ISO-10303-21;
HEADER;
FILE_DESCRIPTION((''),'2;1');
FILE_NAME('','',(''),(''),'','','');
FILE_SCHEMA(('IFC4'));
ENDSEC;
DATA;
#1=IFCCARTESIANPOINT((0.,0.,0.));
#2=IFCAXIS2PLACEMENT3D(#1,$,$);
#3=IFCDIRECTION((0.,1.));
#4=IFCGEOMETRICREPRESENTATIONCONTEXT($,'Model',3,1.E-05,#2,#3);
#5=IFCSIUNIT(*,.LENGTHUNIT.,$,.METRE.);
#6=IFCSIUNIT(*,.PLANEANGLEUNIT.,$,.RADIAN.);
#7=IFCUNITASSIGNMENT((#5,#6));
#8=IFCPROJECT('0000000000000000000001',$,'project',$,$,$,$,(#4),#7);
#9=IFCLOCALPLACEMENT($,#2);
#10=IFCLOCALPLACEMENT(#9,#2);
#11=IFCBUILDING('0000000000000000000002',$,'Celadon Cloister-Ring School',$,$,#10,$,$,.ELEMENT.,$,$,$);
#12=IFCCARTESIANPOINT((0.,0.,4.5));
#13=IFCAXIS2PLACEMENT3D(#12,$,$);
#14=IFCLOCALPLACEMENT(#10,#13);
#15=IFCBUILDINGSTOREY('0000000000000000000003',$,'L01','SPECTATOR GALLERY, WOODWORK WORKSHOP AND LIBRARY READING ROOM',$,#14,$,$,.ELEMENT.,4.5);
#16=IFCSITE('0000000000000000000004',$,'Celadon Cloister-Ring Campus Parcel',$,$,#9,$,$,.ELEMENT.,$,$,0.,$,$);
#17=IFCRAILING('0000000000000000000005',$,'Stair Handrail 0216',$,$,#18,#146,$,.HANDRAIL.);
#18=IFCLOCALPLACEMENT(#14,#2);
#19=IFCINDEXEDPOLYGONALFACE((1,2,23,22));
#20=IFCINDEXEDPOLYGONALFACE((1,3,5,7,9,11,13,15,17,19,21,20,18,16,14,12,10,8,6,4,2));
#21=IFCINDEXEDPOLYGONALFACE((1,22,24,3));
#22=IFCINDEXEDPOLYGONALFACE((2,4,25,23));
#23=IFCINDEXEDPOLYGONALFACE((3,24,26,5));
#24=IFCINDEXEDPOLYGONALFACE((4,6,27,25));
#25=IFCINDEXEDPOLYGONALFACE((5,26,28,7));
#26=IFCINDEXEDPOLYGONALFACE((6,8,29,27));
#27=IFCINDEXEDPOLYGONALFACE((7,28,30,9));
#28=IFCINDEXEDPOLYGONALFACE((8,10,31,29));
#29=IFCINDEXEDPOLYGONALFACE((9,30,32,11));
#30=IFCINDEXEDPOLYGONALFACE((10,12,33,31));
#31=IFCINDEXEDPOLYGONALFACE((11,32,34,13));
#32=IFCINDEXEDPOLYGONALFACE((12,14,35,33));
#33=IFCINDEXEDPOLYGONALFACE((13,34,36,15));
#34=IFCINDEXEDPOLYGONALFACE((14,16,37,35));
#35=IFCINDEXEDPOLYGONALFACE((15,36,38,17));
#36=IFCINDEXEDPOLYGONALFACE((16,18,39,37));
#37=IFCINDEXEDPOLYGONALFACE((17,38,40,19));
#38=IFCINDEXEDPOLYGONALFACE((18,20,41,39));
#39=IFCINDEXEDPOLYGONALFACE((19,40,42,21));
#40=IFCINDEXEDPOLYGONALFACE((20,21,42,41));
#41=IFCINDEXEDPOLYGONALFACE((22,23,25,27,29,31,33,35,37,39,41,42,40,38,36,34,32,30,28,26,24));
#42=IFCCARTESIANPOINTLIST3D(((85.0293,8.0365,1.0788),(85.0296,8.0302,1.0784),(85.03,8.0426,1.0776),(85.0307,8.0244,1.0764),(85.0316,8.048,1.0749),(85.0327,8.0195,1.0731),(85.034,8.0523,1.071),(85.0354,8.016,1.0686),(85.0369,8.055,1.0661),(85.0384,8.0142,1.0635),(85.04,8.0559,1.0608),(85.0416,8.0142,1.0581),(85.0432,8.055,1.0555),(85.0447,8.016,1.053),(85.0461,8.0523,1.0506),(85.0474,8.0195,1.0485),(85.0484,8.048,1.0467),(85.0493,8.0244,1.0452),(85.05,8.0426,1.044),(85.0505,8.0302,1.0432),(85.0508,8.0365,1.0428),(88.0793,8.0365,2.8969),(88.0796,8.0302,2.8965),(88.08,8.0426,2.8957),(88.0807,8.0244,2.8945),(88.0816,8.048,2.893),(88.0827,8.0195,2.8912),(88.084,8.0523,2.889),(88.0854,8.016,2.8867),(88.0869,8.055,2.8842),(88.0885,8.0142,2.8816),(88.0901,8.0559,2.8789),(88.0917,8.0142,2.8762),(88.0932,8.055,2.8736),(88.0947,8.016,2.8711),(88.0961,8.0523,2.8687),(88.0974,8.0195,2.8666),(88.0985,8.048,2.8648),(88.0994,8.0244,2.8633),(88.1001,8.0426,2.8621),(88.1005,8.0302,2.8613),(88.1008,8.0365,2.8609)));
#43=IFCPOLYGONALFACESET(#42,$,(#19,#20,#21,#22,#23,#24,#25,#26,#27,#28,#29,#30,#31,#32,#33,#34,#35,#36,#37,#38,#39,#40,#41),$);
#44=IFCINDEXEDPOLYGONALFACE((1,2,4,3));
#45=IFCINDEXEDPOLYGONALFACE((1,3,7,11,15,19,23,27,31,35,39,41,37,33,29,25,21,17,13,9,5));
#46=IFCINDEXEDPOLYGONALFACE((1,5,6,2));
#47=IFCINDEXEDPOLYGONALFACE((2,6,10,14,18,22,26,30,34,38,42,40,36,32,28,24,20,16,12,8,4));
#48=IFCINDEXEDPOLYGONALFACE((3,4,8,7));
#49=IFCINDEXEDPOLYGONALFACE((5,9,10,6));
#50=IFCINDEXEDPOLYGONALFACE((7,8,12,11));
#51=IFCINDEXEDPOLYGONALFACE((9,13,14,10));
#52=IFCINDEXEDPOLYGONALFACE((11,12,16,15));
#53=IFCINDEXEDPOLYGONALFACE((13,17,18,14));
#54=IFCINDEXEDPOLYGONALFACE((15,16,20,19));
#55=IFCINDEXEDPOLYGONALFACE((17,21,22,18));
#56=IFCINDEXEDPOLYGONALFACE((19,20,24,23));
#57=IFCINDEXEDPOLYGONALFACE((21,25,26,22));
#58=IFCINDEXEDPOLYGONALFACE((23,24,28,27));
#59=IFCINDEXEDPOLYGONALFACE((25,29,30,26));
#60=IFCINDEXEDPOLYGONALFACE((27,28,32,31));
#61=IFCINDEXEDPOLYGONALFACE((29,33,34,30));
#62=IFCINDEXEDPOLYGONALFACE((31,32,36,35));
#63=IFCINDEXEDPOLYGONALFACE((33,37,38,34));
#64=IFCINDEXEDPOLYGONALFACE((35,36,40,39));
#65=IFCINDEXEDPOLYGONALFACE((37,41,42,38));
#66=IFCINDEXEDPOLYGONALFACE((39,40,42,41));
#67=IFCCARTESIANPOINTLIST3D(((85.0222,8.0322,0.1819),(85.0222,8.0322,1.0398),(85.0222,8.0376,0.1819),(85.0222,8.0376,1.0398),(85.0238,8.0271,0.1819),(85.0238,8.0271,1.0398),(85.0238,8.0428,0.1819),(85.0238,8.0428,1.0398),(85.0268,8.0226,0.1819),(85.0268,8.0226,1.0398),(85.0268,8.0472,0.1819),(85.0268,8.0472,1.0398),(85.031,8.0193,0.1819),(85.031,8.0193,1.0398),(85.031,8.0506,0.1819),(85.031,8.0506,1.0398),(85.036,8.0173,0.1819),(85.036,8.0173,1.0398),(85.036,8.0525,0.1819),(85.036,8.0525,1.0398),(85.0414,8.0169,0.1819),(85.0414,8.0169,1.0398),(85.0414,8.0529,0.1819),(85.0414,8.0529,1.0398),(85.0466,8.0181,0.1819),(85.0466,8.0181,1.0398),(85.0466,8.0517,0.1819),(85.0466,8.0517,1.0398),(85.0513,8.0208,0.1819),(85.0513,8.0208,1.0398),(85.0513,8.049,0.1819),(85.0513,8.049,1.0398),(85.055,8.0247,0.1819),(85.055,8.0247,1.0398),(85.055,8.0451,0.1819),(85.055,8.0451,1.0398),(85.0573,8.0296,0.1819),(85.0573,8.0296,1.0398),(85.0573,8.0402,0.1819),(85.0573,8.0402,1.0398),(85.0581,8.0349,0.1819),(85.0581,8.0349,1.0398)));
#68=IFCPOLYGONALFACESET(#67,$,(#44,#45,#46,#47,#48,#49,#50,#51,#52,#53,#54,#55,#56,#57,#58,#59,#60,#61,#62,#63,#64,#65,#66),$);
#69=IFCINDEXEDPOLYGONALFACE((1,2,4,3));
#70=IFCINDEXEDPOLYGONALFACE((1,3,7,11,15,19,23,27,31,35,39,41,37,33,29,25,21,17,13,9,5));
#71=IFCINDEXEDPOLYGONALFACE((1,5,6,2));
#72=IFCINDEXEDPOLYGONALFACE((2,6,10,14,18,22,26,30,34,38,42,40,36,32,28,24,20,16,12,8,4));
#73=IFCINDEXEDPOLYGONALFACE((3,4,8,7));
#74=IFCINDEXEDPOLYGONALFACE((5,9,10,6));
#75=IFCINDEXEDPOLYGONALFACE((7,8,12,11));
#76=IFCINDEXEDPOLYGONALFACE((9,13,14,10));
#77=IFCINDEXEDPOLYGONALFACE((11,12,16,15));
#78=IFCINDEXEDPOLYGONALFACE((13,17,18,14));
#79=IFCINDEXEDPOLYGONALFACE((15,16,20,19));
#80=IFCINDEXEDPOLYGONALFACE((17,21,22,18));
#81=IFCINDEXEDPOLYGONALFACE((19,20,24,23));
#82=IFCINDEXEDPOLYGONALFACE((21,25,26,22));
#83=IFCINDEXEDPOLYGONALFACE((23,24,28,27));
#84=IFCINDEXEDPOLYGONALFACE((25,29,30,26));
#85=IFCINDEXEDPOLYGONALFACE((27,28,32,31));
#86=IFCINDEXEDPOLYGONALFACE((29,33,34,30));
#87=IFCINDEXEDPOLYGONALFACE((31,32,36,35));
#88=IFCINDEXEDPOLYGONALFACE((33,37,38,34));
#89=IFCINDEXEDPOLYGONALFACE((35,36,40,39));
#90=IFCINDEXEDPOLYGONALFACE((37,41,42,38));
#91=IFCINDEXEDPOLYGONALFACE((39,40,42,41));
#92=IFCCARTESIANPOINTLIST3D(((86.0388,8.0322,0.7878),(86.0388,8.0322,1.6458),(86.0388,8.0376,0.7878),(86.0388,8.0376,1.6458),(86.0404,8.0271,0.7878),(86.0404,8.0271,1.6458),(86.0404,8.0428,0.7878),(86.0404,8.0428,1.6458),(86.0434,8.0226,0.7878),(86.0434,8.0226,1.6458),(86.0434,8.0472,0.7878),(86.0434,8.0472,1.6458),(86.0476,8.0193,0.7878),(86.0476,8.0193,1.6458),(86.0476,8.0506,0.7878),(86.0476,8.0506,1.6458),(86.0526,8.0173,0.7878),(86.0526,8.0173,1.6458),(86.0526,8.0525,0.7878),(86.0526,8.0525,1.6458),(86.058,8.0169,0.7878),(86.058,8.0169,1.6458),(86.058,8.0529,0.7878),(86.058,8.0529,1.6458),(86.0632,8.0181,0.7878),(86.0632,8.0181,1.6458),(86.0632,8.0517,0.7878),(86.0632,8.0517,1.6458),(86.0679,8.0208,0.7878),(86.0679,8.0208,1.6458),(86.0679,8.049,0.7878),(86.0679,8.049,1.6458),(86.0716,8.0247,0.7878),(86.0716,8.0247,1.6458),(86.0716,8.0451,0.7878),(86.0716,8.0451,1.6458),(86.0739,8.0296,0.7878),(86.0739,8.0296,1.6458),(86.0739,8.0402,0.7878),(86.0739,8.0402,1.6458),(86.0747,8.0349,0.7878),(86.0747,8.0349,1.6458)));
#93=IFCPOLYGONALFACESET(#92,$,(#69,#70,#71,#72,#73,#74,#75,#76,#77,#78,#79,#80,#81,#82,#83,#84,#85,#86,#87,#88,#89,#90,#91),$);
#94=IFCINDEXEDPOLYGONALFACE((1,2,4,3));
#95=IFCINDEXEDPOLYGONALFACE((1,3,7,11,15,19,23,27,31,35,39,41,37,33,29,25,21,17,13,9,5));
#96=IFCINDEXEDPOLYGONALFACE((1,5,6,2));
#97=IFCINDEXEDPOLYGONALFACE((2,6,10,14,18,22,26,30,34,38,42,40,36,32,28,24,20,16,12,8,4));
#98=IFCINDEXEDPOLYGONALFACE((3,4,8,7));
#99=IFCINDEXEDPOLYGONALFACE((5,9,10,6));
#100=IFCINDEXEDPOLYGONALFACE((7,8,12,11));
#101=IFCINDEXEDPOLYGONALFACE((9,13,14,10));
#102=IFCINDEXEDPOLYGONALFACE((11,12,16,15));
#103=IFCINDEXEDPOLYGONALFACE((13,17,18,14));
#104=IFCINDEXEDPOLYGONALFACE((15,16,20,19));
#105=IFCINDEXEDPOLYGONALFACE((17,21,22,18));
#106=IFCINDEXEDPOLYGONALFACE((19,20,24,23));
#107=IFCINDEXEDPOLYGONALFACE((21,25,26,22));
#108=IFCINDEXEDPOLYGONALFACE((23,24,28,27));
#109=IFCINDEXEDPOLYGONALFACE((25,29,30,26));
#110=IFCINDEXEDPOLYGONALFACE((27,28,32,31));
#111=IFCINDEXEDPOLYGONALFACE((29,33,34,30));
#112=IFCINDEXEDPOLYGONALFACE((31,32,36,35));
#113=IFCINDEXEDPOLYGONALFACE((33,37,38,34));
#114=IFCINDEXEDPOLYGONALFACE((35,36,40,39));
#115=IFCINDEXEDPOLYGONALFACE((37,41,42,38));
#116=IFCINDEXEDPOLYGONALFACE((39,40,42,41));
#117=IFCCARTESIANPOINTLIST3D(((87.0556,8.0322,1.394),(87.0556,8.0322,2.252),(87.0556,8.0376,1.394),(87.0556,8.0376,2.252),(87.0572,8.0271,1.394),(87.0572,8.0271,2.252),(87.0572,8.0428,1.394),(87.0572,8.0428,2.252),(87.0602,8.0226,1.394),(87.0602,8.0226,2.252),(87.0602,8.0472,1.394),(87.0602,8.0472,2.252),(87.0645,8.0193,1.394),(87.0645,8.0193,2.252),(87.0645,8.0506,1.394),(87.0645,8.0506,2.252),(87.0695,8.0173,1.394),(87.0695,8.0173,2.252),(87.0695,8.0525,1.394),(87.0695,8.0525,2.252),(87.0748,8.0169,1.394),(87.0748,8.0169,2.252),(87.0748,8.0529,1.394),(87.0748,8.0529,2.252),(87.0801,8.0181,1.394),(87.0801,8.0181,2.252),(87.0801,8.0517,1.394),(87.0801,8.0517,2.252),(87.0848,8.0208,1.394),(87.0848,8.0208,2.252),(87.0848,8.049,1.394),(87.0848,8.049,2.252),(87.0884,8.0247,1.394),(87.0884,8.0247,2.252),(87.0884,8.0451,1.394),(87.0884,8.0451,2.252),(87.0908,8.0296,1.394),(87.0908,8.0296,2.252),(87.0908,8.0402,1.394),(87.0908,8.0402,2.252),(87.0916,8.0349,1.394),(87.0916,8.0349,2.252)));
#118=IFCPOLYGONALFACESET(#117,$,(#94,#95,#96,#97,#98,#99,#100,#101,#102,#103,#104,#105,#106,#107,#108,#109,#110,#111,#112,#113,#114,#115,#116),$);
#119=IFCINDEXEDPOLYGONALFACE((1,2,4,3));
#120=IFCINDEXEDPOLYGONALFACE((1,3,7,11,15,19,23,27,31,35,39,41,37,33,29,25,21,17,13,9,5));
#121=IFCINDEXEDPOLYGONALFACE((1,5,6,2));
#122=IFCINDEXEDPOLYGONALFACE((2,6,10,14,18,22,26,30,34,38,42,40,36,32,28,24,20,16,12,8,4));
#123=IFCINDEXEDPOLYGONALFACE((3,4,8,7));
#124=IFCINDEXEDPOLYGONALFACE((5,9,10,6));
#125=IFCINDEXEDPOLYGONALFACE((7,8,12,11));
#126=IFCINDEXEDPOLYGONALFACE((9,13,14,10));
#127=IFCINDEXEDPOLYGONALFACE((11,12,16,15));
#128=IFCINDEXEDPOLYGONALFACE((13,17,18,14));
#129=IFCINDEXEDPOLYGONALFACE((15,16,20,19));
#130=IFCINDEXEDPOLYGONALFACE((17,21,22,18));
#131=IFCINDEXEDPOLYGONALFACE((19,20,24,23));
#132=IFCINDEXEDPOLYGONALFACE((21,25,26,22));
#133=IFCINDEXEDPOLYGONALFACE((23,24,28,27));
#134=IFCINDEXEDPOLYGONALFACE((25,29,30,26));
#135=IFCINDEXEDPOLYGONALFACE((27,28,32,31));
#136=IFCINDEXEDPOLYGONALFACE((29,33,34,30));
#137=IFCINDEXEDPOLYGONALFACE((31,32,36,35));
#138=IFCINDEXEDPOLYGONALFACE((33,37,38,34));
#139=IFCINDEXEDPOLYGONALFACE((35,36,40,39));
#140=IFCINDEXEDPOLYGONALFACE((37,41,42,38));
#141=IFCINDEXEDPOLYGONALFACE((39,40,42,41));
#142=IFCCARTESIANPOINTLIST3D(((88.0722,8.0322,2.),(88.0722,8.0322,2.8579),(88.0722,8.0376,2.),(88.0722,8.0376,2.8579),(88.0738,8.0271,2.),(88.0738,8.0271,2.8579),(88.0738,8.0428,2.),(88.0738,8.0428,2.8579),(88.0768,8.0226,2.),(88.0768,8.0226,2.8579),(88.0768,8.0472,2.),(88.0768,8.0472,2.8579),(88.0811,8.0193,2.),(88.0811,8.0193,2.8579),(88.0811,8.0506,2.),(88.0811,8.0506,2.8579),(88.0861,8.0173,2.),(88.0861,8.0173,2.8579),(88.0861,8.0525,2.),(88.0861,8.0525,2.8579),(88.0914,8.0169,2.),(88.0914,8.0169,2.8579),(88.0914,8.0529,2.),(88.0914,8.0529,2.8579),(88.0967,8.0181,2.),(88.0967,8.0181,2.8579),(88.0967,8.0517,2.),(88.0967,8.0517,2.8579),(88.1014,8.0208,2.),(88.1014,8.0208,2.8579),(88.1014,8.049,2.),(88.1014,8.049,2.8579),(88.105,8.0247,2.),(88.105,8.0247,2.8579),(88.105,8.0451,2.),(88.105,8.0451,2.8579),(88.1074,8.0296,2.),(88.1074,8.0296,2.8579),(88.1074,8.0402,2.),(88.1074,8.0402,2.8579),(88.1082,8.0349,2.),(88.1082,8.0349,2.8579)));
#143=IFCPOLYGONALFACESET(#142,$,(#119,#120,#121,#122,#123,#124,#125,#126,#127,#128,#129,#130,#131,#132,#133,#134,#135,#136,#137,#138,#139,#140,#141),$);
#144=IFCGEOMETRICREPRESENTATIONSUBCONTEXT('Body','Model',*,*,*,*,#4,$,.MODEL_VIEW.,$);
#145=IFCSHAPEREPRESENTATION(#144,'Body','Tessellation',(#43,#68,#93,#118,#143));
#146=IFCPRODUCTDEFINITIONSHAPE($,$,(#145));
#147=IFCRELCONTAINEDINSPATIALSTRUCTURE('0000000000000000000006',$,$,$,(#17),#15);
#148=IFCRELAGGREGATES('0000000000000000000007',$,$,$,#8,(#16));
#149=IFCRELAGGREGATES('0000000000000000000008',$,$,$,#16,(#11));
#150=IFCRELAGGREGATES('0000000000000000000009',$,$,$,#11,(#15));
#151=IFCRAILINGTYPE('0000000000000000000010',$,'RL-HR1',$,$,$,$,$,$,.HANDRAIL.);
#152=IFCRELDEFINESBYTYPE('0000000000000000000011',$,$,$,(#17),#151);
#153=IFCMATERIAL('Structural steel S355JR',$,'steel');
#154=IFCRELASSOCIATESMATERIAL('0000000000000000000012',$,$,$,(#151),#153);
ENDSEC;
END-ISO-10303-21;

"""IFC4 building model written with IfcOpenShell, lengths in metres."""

from ifc_helpers import new_model, si_unit, direction, frame, origin, origin_2d, place, context, subcontext, project, spatial, circle, extrude, material, type_object, element, save


model = new_model("IFC4")

# Units and contexts
model_context = context("Model", 3, precision=1e-05, world=origin(), true_north=direction((0.0, 1.0)))
body_context = subcontext(model_context, "Body", "Model", "MODEL_VIEW")
ifc_project = project(units=[si_unit("LENGTHUNIT", "METRE"), si_unit("PLANEANGLEUNIT", "RADIAN")], contexts=[model_context])

# Site, building, storey
site_placement = place(None, origin())
site = spatial("IfcSite", under=ifc_project, at=site_placement, Name="Celadon Cloister-Ring Campus Parcel", CompositionType="ELEMENT", RefElevation=0.0)
building_placement = place(site_placement, origin())
building = spatial("IfcBuilding", under=site, at=building_placement, Name="Celadon Cloister-Ring School", CompositionType="ELEMENT")
storey_placement = place(building_placement, frame((0.0, 0.0, 4.5)))
storey = spatial("IfcBuildingStorey", under=building, at=storey_placement, Name="L01", Description="SPECTATOR GALLERY, WOODWORK WORKSHOP AND LIBRARY READING ROOM", CompositionType="ELEMENT", Elevation=4.5)

# Railing
ifc_material_1 = material(Name="Structural steel S355JR", Category="steel")
railing_type_1 = type_object("IfcRailingType", Name="RL-HR1", PredefinedType="HANDRAIL", material=ifc_material_1)
for number, where, name in (
    (1, (85.04, 8.0349, 0.1819), "Stair Handrail 0216"),
):
    element("IfcRailing", number, at=place(storey_placement, frame(where)), inside=storey, type_object=railing_type_1, Name=name, PredefinedType="HANDRAIL", context=body_context, shape_type="SweptSolid", body=[
        extrude(circle(Radius=0.021, at=origin_2d()), frame((0.0, 0.0, 0.8789), z_axis=(0.85897, 0.0, 0.512026), x_axis=(0.0, 1.0, 0.0)), (0.0, 0.0, 1.0), 3.5508),
        extrude(circle(Radius=0.0181, at=origin_2d()), origin(), (0.0, 0.0, 1.0), 0.8579),
        extrude(circle(Radius=0.0181, at=origin_2d()), frame((1.0166, 0.0, 0.606)), (0.0, 0.0, 1.0), 0.8579),
        extrude(circle(Radius=0.0181, at=origin_2d()), frame((2.0334, 0.0, 1.2122)), (0.0, 0.0, 1.0), 0.8579),
        extrude(circle(Radius=0.0181, at=origin_2d()), frame((3.05, 0.0, 1.8181)), (0.0, 0.0, 1.0), 0.8579),
    ])

save(model, "model.ifc")
